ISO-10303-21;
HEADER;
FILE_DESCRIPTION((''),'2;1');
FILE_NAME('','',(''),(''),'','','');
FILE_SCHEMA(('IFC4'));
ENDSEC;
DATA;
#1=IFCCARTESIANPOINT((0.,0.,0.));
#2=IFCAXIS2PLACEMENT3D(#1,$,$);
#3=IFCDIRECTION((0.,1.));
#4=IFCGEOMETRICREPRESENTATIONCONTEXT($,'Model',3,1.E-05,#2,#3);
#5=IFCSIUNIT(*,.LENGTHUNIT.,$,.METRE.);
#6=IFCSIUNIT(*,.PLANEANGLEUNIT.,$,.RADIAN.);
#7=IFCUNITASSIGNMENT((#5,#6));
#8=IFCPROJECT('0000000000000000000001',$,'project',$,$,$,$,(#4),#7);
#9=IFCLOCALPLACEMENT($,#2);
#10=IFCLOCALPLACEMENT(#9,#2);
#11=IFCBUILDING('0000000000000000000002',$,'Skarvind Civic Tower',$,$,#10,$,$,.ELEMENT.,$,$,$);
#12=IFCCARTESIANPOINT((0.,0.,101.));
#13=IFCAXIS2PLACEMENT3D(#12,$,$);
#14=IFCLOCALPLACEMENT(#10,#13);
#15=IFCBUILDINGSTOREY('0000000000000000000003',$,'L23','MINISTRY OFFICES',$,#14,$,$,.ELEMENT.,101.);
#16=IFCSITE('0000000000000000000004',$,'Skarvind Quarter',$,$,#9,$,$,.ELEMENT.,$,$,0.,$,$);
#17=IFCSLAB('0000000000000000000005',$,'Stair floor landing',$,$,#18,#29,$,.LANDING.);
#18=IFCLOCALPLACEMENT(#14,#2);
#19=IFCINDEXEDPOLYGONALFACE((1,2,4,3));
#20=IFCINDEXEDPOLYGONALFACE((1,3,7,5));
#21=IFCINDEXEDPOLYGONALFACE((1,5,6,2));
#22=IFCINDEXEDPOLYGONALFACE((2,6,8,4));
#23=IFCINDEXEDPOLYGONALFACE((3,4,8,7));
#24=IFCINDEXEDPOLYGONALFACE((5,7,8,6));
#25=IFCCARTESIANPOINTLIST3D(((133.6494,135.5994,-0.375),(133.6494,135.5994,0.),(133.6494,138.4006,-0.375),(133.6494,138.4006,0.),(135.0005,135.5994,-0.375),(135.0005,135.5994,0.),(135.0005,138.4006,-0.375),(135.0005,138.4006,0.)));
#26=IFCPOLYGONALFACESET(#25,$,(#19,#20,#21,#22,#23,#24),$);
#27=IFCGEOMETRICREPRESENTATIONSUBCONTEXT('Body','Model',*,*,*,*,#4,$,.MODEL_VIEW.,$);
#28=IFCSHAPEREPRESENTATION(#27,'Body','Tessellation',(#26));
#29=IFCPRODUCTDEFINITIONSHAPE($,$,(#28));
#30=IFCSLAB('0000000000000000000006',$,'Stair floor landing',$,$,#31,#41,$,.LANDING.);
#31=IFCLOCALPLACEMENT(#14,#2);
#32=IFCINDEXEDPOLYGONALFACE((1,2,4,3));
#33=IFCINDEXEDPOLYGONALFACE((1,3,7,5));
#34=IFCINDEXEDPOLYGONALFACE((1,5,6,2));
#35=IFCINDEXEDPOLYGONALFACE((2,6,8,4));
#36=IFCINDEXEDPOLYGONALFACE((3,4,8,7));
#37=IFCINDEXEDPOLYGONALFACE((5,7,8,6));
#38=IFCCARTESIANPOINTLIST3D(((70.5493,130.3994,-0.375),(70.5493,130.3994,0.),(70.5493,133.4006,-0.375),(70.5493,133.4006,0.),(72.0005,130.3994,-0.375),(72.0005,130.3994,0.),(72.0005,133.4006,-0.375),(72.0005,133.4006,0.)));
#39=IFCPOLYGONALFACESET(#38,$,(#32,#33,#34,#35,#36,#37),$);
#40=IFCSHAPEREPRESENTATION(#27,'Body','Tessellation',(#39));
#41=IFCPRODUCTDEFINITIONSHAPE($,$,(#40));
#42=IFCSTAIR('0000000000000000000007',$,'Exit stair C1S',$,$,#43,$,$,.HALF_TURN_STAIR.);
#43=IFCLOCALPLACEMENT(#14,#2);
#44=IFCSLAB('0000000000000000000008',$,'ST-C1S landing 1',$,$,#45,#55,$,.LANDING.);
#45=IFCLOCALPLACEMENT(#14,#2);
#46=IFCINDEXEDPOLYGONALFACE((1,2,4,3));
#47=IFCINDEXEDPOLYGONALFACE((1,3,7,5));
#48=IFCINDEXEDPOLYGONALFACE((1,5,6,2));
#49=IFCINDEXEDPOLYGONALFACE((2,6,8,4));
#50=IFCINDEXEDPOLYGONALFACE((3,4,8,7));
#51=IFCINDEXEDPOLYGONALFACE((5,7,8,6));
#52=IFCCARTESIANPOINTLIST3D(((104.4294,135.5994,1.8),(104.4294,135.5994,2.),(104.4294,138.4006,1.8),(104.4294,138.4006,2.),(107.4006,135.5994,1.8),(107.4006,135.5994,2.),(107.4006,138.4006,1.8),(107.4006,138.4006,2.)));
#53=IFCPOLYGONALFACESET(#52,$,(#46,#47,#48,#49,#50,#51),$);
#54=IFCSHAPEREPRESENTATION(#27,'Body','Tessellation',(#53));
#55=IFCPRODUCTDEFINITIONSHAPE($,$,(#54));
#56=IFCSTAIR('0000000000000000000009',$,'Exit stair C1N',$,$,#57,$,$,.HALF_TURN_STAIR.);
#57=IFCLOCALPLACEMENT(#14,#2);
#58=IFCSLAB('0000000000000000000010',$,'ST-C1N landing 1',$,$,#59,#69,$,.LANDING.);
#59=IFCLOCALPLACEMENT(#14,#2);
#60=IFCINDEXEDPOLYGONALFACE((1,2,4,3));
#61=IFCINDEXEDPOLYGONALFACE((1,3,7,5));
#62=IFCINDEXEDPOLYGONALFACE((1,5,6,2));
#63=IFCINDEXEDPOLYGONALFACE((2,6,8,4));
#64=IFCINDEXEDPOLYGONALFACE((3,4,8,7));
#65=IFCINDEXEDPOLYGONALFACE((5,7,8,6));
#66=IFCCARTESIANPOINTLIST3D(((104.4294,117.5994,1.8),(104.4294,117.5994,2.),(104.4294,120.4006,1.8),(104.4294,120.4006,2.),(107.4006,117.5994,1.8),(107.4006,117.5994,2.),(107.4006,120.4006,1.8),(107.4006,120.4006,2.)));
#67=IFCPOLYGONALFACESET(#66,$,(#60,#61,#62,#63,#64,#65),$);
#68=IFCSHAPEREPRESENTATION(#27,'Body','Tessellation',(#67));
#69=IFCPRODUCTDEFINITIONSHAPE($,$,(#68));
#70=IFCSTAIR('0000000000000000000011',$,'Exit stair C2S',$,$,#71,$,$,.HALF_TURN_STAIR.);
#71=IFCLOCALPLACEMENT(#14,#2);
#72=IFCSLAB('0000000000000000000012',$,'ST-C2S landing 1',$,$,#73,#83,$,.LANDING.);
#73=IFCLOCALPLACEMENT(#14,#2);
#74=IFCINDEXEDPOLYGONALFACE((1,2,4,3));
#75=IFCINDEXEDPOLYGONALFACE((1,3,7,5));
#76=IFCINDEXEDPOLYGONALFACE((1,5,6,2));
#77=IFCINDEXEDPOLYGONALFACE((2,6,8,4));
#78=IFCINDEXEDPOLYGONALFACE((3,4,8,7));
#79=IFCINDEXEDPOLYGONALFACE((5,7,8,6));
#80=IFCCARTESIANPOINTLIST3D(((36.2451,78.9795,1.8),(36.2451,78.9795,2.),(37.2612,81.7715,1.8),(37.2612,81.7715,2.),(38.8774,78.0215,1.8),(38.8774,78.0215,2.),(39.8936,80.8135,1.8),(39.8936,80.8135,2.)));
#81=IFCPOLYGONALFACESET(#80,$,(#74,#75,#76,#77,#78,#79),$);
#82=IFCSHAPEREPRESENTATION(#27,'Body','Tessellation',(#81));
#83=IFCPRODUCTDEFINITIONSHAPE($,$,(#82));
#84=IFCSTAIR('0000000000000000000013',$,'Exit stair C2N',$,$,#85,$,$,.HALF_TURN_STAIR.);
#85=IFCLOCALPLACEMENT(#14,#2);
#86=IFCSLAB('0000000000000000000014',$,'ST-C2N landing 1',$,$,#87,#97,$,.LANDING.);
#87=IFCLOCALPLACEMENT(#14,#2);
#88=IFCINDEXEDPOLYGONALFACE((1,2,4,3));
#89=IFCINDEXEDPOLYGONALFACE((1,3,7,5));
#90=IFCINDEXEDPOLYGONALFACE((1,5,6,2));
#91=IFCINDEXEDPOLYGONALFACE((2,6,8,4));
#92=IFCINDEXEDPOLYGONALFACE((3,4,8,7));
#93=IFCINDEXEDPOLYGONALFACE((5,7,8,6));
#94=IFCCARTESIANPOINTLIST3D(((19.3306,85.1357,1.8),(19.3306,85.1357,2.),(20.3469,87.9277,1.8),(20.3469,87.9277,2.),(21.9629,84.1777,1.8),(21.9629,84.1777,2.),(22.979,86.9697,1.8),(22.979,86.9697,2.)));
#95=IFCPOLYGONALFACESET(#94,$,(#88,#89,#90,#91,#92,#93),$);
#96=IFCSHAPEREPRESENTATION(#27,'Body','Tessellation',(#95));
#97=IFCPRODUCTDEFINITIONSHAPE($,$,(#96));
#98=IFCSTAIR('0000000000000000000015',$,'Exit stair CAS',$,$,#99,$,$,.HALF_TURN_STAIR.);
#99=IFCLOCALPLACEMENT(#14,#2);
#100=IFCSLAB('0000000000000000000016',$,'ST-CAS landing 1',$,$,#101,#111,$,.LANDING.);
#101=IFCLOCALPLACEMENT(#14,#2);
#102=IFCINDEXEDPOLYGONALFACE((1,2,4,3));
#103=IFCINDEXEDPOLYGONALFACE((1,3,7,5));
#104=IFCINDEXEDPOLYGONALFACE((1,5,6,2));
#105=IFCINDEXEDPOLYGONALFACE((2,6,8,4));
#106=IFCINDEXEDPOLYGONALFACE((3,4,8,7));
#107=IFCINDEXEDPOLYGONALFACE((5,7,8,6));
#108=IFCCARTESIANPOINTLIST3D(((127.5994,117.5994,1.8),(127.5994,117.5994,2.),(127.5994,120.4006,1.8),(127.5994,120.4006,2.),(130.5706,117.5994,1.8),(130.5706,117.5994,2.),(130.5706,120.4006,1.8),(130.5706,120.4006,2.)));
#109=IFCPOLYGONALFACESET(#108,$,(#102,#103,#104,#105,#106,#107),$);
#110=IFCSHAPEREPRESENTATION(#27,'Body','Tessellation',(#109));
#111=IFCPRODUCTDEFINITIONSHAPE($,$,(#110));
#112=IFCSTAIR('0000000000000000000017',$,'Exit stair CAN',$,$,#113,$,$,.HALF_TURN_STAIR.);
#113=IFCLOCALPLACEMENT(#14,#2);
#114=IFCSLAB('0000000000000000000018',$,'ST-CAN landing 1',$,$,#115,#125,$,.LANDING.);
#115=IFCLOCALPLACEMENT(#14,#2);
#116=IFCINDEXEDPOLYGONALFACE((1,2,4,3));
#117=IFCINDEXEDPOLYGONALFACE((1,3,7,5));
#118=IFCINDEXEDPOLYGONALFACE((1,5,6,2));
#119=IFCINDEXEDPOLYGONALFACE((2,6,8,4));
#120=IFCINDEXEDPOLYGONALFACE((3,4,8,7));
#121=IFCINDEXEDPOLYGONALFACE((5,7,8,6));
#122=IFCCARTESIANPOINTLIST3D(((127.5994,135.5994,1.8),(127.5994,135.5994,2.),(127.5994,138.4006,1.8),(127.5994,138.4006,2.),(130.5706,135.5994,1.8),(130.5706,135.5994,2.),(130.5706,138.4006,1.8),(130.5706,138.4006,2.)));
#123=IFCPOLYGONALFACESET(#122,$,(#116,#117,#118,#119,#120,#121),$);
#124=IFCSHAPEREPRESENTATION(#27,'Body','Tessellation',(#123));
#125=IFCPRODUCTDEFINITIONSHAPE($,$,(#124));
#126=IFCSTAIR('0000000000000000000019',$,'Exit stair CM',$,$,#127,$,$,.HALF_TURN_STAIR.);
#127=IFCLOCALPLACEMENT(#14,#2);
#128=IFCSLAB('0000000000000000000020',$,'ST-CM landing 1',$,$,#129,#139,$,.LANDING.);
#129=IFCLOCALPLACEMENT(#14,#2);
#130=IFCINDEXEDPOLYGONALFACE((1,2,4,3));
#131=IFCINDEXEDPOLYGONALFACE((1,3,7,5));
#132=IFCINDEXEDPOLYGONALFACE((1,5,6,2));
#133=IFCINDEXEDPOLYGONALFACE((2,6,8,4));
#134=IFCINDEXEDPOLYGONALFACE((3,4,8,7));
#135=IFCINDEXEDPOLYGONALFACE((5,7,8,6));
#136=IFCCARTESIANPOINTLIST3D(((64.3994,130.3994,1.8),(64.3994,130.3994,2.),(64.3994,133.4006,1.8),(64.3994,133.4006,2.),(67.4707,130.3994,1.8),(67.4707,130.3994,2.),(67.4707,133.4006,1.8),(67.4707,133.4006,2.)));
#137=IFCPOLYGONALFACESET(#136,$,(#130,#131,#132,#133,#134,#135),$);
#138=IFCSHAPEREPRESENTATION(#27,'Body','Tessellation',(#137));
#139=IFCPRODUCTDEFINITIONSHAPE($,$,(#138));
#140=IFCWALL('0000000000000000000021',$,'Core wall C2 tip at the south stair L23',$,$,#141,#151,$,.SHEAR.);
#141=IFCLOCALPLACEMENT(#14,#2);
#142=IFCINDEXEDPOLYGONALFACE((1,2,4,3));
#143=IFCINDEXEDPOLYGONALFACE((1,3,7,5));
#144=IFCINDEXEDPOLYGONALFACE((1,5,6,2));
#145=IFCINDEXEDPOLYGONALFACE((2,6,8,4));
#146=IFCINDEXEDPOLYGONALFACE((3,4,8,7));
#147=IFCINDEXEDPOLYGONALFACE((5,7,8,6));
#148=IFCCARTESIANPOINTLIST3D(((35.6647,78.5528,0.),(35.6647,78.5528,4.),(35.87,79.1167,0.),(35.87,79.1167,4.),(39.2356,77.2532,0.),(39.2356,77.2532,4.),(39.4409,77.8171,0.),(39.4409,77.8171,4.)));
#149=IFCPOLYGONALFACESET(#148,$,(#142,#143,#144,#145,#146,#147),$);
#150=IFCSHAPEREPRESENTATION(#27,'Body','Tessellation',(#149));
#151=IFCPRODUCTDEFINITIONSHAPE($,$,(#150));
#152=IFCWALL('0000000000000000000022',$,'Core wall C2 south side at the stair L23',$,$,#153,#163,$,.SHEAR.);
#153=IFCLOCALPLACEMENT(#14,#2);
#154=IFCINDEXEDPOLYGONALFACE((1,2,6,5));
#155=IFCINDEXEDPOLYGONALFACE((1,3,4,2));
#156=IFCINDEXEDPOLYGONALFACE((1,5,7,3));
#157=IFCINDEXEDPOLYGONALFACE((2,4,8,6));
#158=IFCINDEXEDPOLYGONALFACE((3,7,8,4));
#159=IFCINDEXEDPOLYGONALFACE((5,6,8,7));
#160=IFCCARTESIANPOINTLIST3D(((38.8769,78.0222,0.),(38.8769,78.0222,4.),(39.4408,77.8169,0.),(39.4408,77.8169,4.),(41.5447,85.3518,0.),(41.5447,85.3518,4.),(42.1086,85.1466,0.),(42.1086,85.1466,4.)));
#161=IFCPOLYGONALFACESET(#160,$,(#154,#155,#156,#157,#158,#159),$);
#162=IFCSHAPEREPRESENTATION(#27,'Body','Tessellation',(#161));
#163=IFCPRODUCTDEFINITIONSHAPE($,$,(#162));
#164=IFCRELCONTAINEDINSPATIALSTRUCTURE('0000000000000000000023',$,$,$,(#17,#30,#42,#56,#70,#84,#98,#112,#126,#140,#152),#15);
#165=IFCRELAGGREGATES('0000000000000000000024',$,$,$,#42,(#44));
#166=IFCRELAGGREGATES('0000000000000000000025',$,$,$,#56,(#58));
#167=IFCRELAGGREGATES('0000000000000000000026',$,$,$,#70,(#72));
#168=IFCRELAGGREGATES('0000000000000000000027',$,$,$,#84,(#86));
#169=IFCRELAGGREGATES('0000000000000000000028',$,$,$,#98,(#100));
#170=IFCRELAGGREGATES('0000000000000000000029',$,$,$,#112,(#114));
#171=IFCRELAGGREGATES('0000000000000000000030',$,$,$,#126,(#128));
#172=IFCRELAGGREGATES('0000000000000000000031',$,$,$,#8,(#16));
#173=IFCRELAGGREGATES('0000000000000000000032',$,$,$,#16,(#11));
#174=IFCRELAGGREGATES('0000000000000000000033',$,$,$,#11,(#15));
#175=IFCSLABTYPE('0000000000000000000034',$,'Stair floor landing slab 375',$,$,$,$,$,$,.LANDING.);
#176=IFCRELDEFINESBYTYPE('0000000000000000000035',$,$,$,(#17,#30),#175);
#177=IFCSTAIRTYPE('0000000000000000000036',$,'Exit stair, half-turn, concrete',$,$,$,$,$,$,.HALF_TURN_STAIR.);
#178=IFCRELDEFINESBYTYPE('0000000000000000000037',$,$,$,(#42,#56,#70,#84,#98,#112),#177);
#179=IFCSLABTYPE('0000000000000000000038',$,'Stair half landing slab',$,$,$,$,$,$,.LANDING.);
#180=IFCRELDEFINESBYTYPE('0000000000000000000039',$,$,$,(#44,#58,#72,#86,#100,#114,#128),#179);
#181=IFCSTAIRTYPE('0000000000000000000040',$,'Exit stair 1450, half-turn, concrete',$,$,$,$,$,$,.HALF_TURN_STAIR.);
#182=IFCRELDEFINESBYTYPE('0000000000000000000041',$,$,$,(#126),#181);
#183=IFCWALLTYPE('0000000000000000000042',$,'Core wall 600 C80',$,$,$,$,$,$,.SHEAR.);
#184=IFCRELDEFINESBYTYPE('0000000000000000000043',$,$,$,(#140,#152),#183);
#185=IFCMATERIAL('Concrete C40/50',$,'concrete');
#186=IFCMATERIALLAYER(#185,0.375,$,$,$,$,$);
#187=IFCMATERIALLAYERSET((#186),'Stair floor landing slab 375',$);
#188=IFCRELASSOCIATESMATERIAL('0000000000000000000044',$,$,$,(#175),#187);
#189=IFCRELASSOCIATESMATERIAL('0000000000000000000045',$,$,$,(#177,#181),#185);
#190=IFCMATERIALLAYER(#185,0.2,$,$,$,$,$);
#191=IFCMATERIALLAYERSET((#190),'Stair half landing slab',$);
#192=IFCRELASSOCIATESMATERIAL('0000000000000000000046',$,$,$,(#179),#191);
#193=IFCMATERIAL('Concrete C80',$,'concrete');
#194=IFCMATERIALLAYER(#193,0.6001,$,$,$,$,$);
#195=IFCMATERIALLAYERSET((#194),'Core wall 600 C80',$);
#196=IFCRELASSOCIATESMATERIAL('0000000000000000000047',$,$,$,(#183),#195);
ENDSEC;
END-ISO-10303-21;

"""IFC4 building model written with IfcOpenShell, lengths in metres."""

from ifc_helpers import new_model, si_unit, direction, frame, frame_2d, origin, place, context, subcontext, project, spatial, polyline, rectangle, outline, extrude, material, layer, layer_set, type_object, element, aggregate, save


model = new_model("IFC4")

# Units and contexts
model_context = context("Model", 3, precision=1e-05, world=origin(), true_north=direction((0.0, 1.0)))
body_context = subcontext(model_context, "Body", "Model", "MODEL_VIEW")
ifc_project = project(units=[si_unit("LENGTHUNIT", "METRE"), si_unit("PLANEANGLEUNIT", "RADIAN")], contexts=[model_context])

# Site, building, storey
site_placement = place(None, origin())
site = spatial("IfcSite", under=ifc_project, at=site_placement, Name="Skarvind Quarter", CompositionType="ELEMENT", RefElevation=0.0)
building_placement = place(site_placement, origin())
building = spatial("IfcBuilding", under=site, at=building_placement, Name="Skarvind Civic Tower", CompositionType="ELEMENT")
storey_placement = place(building_placement, frame((0.0, 0.0, 101.0)))
storey = spatial("IfcBuildingStorey", under=building, at=storey_placement, Name="L23", Description="MINISTRY OFFICES", CompositionType="ELEMENT", Elevation=101.0)

# Slabs
ifc_material_1 = material(Name="Concrete C40/50", Category="concrete")
ifc_layer_1 = layer(ifc_material_1, 0.375)
ifc_layer_set_1 = layer_set([ifc_layer_1], Name="Stair floor landing slab 375")
slab_type_1 = type_object("IfcSlabType", Name="Stair floor landing slab 375", PredefinedType="LANDING", material=ifc_layer_set_1)
slab_1_placement = place(storey_placement, frame((0.0, 0.0, -0.375)))
element("IfcSlab", 1, at=slab_1_placement, inside=storey, type_object=slab_type_1, Name="Stair floor landing", PredefinedType="LANDING", context=body_context, shape_type="SweptSolid", body=[
    extrude(outline(polyline([(133.6494, 135.5994), (133.6494, 138.4006), (135.0005, 138.4006), (135.0005, 135.5994), (133.6494, 135.5994)])), origin(), (0.0, 0.0, 1.0), 0.375),
])
slab_2_placement = place(storey_placement, frame((0.0, 0.0, -0.375)))
element("IfcSlab", 2, at=slab_2_placement, inside=storey, type_object=slab_type_1, Name="Stair floor landing", PredefinedType="LANDING", context=body_context, shape_type="SweptSolid", body=[
    extrude(outline(polyline([(70.5493, 130.3994), (70.5493, 133.4006), (72.0005, 133.4006), (72.0005, 130.3994), (70.5493, 130.3994)])), origin(), (0.0, 0.0, 1.0), 0.375),
])

# Stairs, slabs
stair_type_1 = type_object("IfcStairType", Name="Exit stair, half-turn, concrete", PredefinedType="HALF_TURN_STAIR", material=ifc_material_1)
stair_1_placement = place(storey_placement, origin())
stair_1 = element("IfcStair", 3, at=stair_1_placement, inside=storey, type_object=stair_type_1, Name="Exit stair C1S", PredefinedType="HALF_TURN_STAIR")
ifc_layer_2 = layer(ifc_material_1, 0.2)
ifc_layer_set_2 = layer_set([ifc_layer_2], Name="Stair half landing slab")
slab_type_2 = type_object("IfcSlabType", Name="Stair half landing slab", PredefinedType="LANDING", material=ifc_layer_set_2)
slab_3_placement = place(storey_placement, frame((0.0, 0.0, 1.8)))
slab_3 = element("IfcSlab", 4, at=slab_3_placement, type_object=slab_type_2, Name="ST-C1S landing 1", PredefinedType="LANDING", context=body_context, shape_type="SweptSolid", body=[
    extrude(outline(polyline([(104.4294, 135.5994), (104.4294, 138.4006), (107.4006, 138.4006), (107.4006, 135.5994), (104.4294, 135.5994)])), origin(), (0.0, 0.0, 1.0), 0.2),
])
aggregate(stair_1, [slab_3])
stair_2_placement = place(storey_placement, origin())
stair_2 = element("IfcStair", 5, at=stair_2_placement, inside=storey, type_object=stair_type_1, Name="Exit stair C1N", PredefinedType="HALF_TURN_STAIR")
slab_4_placement = place(storey_placement, frame((0.0, 0.0, 1.8)))
slab_4 = element("IfcSlab", 6, at=slab_4_placement, type_object=slab_type_2, Name="ST-C1N landing 1", PredefinedType="LANDING", context=body_context, shape_type="SweptSolid", body=[
    extrude(outline(polyline([(104.4294, 117.5994), (104.4294, 120.4006), (107.4006, 120.4006), (107.4006, 117.5994), (104.4294, 117.5994)])), origin(), (0.0, 0.0, 1.0), 0.2),
])
aggregate(stair_2, [slab_4])
stair_3_placement = place(storey_placement, origin())
stair_3 = element("IfcStair", 7, at=stair_3_placement, inside=storey, type_object=stair_type_1, Name="Exit stair C2S", PredefinedType="HALF_TURN_STAIR")
slab_5_placement = place(storey_placement, frame((0.0, 0.0, 1.8)))
slab_5 = element("IfcSlab", 8, at=slab_5_placement, type_object=slab_type_2, Name="ST-C2S landing 1", PredefinedType="LANDING", context=body_context, shape_type="SweptSolid", body=[
    extrude(outline(polyline([(37.2612, 81.7715), (39.8936, 80.8135), (38.8774, 78.0215), (36.2451, 78.9795), (37.2612, 81.7715)])), origin(), (0.0, 0.0, 1.0), 0.2),
])
aggregate(stair_3, [slab_5])
stair_4_placement = place(storey_placement, origin())
stair_4 = element("IfcStair", 9, at=stair_4_placement, inside=storey, type_object=stair_type_1, Name="Exit stair C2N", PredefinedType="HALF_TURN_STAIR")
slab_6_placement = place(storey_placement, frame((0.0, 0.0, 1.8)))
slab_6 = element("IfcSlab", 10, at=slab_6_placement, type_object=slab_type_2, Name="ST-C2N landing 1", PredefinedType="LANDING", context=body_context, shape_type="SweptSolid", body=[
    extrude(outline(polyline([(20.3469, 87.9277), (22.979, 86.9697), (21.9629, 84.1777), (19.3306, 85.1357), (20.3469, 87.9277)])), origin(), (0.0, 0.0, 1.0), 0.2),
])
aggregate(stair_4, [slab_6])
stair_5_placement = place(storey_placement, origin())
stair_5 = element("IfcStair", 11, at=stair_5_placement, inside=storey, type_object=stair_type_1, Name="Exit stair CAS", PredefinedType="HALF_TURN_STAIR")
slab_7_placement = place(storey_placement, frame((0.0, 0.0, 1.8)))
slab_7 = element("IfcSlab", 12, at=slab_7_placement, type_object=slab_type_2, Name="ST-CAS landing 1", PredefinedType="LANDING", context=body_context, shape_type="SweptSolid", body=[
    extrude(outline(polyline([(130.5706, 120.4006), (130.5706, 117.5994), (127.5994, 117.5994), (127.5994, 120.4006), (130.5706, 120.4006)])), origin(), (0.0, 0.0, 1.0), 0.2),
])
aggregate(stair_5, [slab_7])
stair_6_placement = place(storey_placement, origin())
stair_6 = element("IfcStair", 13, at=stair_6_placement, inside=storey, type_object=stair_type_1, Name="Exit stair CAN", PredefinedType="HALF_TURN_STAIR")
slab_8_placement = place(storey_placement, frame((0.0, 0.0, 1.8)))
slab_8 = element("IfcSlab", 14, at=slab_8_placement, type_object=slab_type_2, Name="ST-CAN landing 1", PredefinedType="LANDING", context=body_context, shape_type="SweptSolid", body=[
    extrude(outline(polyline([(130.5706, 138.4006), (130.5706, 135.5994), (127.5994, 135.5994), (127.5994, 138.4006), (130.5706, 138.4006)])), origin(), (0.0, 0.0, 1.0), 0.2),
])
aggregate(stair_6, [slab_8])
stair_type_2 = type_object("IfcStairType", Name="Exit stair 1450, half-turn, concrete", PredefinedType="HALF_TURN_STAIR", material=ifc_material_1)
stair_7_placement = place(storey_placement, origin())
stair_7 = element("IfcStair", 15, at=stair_7_placement, inside=storey, type_object=stair_type_2, Name="Exit stair CM", PredefinedType="HALF_TURN_STAIR")
slab_9_placement = place(storey_placement, frame((0.0, 0.0, 1.8)))
slab_9 = element("IfcSlab", 16, at=slab_9_placement, type_object=slab_type_2, Name="ST-CM landing 1", PredefinedType="LANDING", context=body_context, shape_type="SweptSolid", body=[
    extrude(outline(polyline([(67.4707, 133.4006), (67.4707, 130.3994), (64.3994, 130.3994), (64.3994, 133.4006), (67.4707, 133.4006)])), origin(), (0.0, 0.0, 1.0), 0.2),
])
aggregate(stair_7, [slab_9])

# Walls
ifc_material_2 = material(Name="Concrete C80", Category="concrete")
ifc_layer_3 = layer(ifc_material_2, 0.6001)
ifc_layer_set_3 = layer_set([ifc_layer_3], Name="Core wall 600 C80")
wall_type = type_object("IfcWallType", Name="Core wall 600 C80", PredefinedType="SHEAR", material=ifc_layer_set_3)
wall_1_placement = place(storey_placement, frame((39.3381, 77.5352, 0.0), z_axis=(0.0, 0.0, 1.0), x_axis=(-0.939701, 0.341996, 0.0)))
element("IfcWall", 17, at=wall_1_placement, inside=storey, type_object=wall_type, Name="Core wall C2 tip at the south stair L23", PredefinedType="SHEAR", context=body_context, shape_type="SweptSolid", body=[
    extrude(rectangle(XDim=3.8, YDim=0.6001, at=frame_2d((1.8999, 0.0))), origin(), (0.0, 0.0, 1.0), 4.0),
])
wall_2_placement = place(storey_placement, frame((39.1589, 77.9197, 0.0), z_axis=(0.0, 0.0, 1.0), x_axis=(0.342017, 0.939694, 0.0)))
element("IfcWall", 18, at=wall_2_placement, inside=storey, type_object=wall_type, Name="Core wall C2 south side at the stair L23", PredefinedType="SHEAR", context=body_context, shape_type="SweptSolid", body=[
    extrude(rectangle(XDim=7.8, YDim=0.6001, at=frame_2d((3.8999, 0.0))), origin(), (0.0, 0.0, 1.0), 4.0),
])

save(model, "model.ifc")
